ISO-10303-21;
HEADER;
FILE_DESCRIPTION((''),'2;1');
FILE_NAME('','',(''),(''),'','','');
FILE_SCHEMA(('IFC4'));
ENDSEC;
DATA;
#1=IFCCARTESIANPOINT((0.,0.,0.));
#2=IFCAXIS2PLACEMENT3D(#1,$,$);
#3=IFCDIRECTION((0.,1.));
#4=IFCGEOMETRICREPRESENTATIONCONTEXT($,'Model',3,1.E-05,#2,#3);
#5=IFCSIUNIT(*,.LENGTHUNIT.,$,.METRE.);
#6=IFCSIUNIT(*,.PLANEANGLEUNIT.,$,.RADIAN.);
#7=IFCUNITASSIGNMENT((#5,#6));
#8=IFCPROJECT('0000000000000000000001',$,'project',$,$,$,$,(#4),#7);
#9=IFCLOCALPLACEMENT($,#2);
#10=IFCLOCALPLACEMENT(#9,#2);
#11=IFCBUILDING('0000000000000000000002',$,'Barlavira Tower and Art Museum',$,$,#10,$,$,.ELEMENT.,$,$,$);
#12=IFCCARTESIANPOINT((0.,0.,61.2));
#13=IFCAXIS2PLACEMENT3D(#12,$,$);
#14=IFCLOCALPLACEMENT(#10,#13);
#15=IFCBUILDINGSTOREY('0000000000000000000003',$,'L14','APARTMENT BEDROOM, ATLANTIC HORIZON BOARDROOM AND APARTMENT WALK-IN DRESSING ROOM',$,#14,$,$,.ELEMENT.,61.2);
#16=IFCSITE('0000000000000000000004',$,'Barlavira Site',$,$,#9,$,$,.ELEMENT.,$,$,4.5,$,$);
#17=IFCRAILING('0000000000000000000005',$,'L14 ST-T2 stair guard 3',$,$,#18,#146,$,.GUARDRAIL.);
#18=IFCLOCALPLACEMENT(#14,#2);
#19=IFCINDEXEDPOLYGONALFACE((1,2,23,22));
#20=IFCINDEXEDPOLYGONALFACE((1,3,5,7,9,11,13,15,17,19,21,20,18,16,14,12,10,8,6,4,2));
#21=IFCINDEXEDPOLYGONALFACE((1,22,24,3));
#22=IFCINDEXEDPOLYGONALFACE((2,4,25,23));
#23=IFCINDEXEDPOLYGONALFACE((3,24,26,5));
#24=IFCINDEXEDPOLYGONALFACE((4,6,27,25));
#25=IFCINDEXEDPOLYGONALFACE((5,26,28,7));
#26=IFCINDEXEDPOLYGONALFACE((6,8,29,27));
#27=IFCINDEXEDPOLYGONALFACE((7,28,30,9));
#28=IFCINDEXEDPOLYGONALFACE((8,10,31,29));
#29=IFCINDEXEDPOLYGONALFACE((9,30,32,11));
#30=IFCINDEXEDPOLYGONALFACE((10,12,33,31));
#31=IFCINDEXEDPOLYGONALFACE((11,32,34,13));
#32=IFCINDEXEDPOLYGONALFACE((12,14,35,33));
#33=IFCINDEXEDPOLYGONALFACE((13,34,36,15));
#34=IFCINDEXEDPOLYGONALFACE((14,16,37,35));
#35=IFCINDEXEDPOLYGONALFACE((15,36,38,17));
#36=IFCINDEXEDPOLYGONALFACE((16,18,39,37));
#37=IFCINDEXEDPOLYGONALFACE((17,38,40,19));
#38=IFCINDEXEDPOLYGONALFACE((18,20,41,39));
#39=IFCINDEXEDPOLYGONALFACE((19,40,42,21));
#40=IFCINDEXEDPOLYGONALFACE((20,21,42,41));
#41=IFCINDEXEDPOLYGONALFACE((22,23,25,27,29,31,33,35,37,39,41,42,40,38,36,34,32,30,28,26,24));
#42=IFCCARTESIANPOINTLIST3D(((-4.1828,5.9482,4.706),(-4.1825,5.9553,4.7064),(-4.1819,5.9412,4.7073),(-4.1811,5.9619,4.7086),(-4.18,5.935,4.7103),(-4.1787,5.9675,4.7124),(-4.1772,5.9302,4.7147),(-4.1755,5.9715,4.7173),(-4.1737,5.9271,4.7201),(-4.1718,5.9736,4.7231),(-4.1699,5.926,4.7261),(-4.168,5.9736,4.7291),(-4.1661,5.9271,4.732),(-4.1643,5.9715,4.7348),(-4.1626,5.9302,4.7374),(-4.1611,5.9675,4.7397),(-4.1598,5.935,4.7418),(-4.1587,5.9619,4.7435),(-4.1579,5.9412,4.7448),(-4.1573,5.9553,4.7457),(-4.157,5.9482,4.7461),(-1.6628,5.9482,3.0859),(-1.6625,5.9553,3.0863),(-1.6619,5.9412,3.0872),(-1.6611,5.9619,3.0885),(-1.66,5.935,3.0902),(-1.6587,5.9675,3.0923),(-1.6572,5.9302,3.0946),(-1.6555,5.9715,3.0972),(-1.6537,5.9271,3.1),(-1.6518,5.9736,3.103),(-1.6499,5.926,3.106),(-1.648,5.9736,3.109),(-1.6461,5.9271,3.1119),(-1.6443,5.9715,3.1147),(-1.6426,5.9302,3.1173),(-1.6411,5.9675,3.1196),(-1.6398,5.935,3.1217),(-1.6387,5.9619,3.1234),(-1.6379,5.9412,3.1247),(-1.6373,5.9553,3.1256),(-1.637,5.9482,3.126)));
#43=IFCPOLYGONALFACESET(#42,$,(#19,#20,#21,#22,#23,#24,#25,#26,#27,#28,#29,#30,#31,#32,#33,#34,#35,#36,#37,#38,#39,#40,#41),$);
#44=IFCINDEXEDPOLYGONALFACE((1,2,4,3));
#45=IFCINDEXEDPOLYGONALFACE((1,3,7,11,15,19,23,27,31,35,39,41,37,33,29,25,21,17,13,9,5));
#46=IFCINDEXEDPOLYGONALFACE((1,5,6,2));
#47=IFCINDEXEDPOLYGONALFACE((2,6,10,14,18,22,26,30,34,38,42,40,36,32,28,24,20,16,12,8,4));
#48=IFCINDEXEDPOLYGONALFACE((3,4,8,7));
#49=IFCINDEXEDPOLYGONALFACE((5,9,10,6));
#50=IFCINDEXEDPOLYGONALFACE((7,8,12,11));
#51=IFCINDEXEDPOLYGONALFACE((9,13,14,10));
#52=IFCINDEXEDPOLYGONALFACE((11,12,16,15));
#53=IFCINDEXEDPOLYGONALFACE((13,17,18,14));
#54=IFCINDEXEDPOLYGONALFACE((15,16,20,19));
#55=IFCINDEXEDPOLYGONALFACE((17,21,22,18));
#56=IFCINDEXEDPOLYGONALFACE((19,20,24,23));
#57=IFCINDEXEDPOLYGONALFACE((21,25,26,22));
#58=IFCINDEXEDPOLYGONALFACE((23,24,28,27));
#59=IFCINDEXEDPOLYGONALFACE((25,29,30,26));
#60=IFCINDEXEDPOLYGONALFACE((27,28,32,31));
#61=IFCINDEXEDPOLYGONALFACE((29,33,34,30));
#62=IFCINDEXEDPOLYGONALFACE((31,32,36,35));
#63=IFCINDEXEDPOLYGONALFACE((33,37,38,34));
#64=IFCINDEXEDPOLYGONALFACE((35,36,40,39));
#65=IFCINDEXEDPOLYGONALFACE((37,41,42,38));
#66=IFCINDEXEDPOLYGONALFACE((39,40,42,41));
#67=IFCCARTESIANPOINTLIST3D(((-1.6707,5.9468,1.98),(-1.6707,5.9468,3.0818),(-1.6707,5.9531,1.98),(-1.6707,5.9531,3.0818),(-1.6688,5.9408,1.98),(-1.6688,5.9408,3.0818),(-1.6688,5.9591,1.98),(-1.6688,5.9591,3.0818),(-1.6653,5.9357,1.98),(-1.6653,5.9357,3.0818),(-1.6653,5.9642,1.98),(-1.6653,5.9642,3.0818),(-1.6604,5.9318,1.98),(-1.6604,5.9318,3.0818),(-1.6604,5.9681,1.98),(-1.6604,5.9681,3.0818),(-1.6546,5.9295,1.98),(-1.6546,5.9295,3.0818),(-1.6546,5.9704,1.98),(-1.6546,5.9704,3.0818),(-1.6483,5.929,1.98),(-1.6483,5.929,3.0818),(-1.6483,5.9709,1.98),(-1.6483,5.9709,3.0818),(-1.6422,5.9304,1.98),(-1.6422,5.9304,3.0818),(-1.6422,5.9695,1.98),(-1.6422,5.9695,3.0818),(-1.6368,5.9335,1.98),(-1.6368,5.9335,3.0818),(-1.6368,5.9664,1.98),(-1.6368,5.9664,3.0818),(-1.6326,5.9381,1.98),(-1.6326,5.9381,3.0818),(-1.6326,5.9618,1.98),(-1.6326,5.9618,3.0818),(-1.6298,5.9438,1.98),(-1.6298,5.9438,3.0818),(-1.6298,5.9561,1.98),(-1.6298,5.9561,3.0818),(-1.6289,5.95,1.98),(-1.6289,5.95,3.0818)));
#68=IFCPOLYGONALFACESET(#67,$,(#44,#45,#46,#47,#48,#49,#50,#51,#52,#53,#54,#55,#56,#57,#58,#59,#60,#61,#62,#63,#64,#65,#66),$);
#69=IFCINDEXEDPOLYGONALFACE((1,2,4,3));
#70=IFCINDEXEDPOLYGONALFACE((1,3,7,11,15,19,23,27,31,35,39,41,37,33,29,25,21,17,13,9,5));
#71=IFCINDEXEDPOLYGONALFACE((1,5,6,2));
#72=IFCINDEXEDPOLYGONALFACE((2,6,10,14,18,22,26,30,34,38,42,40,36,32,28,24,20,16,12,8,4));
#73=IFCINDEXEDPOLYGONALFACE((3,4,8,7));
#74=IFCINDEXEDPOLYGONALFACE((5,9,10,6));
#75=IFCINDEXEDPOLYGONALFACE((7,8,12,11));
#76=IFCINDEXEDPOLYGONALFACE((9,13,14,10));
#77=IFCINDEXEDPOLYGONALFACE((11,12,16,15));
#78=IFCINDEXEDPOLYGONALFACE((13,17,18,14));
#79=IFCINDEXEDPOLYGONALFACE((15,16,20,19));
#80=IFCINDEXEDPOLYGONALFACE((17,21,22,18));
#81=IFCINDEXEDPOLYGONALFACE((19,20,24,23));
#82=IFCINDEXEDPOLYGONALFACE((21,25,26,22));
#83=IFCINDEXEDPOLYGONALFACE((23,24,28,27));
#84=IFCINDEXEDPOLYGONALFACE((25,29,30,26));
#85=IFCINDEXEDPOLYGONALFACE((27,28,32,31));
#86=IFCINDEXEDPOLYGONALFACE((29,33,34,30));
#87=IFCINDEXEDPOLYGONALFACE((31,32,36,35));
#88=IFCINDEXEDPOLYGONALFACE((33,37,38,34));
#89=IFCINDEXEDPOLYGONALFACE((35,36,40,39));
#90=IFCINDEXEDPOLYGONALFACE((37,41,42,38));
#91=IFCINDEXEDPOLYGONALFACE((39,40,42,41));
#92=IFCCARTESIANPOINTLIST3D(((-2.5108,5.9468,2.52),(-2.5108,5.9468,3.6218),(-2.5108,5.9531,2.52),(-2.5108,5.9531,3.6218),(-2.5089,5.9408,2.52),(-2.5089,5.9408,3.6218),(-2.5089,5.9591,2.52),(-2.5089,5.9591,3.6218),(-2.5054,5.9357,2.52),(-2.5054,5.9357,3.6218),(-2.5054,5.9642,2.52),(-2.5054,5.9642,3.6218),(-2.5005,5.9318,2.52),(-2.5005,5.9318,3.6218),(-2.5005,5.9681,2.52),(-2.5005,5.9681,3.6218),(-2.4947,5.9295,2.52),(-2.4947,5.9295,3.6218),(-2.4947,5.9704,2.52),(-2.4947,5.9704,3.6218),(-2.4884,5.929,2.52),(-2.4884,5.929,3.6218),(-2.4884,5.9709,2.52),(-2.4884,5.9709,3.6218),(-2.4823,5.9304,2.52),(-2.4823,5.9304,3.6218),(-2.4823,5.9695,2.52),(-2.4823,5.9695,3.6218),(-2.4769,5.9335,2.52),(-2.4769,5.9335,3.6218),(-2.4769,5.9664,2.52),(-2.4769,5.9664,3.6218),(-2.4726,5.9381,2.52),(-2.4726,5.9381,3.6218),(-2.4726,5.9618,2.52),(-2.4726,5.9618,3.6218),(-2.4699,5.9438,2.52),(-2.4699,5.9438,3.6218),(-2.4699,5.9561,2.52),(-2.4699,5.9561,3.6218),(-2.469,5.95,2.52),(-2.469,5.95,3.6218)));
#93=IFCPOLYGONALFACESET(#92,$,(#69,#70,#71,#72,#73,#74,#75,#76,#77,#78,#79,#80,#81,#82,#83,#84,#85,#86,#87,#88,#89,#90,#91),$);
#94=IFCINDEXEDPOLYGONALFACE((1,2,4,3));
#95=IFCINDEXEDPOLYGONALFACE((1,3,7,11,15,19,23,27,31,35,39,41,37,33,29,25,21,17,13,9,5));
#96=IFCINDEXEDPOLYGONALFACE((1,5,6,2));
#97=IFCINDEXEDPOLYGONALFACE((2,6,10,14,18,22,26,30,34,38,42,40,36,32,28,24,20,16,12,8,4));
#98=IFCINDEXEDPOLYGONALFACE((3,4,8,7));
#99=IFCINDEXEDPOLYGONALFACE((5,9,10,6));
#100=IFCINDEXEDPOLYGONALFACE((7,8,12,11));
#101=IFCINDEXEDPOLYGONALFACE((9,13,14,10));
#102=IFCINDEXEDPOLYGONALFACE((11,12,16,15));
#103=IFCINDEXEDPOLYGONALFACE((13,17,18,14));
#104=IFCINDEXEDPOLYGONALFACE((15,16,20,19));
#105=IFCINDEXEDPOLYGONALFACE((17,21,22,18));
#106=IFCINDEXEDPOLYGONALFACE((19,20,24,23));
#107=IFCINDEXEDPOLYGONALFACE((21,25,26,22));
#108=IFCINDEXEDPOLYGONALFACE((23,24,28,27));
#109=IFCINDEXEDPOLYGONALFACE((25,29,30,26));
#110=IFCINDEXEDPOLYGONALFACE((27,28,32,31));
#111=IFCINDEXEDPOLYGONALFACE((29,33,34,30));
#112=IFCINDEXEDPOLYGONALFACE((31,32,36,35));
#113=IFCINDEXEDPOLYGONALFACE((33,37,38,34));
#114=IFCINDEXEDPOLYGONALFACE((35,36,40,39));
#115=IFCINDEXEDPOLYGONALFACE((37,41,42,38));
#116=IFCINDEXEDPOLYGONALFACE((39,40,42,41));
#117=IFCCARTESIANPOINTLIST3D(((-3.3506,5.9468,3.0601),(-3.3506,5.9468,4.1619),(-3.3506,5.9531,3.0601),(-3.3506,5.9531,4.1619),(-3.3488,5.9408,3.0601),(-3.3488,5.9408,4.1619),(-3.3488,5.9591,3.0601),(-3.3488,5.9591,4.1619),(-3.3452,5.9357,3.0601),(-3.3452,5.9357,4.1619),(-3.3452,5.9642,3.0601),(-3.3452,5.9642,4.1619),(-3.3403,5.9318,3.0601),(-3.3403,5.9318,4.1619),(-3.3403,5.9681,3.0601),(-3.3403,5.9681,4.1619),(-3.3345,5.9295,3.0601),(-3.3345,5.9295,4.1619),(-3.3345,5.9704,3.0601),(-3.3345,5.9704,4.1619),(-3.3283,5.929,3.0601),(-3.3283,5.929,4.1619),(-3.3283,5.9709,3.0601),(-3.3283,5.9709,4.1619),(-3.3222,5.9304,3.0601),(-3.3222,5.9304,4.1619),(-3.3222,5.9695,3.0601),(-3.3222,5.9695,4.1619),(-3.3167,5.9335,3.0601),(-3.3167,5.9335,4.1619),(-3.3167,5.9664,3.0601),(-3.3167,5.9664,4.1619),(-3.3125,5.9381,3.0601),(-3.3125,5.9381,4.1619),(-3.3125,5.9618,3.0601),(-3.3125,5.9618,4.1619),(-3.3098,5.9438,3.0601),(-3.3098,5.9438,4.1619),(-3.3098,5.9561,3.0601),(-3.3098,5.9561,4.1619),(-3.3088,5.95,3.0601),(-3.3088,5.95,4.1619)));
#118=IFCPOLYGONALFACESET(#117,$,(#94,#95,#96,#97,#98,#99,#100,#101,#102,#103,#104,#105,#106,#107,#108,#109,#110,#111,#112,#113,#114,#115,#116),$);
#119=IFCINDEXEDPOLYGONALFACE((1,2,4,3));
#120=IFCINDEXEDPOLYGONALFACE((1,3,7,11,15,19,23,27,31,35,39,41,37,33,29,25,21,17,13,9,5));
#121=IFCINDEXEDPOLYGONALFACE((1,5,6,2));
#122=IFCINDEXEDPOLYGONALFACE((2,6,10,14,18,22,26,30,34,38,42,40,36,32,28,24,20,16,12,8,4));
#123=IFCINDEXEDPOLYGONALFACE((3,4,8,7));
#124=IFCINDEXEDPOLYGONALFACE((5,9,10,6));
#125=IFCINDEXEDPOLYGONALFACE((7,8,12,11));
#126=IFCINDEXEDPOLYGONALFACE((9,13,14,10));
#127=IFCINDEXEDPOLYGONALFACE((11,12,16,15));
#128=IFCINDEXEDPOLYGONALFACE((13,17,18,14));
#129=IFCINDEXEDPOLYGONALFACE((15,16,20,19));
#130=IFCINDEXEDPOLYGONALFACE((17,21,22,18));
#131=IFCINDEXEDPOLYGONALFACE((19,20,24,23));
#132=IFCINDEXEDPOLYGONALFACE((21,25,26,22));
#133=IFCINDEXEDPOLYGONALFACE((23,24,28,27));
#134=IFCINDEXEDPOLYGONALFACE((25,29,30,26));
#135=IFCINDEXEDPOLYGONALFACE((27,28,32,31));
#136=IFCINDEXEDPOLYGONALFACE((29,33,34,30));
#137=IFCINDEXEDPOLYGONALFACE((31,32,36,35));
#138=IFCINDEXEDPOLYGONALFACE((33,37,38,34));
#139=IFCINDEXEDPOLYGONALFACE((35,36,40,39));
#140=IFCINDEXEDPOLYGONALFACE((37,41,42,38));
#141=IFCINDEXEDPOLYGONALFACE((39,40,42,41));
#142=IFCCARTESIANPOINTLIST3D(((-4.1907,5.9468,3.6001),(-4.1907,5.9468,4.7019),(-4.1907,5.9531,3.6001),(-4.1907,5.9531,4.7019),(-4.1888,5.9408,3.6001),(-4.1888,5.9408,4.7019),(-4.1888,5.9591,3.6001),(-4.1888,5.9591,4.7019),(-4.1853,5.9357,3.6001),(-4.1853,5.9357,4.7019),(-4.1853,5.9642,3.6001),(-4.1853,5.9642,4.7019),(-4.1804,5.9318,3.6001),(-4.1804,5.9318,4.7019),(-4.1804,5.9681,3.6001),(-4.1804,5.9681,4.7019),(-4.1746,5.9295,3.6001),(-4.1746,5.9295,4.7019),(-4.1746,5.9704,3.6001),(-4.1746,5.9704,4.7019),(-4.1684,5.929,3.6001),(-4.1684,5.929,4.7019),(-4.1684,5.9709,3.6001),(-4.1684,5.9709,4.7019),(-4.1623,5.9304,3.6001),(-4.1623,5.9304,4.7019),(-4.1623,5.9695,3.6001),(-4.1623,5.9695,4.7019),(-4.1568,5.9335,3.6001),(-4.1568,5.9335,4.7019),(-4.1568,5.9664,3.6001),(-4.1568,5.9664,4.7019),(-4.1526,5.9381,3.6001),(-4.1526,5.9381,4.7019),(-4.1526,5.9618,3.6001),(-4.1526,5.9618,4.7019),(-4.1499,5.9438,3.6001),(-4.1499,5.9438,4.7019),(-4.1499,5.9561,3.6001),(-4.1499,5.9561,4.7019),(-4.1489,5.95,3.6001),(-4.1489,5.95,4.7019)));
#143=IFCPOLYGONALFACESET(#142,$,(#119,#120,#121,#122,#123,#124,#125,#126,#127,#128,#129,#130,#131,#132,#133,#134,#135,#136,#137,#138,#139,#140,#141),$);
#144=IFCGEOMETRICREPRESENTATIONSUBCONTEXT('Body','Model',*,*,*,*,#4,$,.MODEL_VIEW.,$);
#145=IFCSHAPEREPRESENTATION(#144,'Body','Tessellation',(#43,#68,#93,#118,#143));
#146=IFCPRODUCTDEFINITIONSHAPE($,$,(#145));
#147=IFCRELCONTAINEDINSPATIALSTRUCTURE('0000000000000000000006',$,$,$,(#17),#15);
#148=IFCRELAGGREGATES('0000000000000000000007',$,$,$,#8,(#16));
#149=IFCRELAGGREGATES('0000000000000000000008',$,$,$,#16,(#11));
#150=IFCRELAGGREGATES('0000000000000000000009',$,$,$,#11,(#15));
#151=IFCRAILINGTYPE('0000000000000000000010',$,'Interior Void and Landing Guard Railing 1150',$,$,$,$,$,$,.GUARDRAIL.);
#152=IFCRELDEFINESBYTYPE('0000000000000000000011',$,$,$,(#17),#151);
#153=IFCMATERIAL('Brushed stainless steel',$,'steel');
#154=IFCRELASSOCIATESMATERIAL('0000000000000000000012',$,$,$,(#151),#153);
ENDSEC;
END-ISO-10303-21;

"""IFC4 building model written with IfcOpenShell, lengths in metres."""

from ifc_helpers import new_model, si_unit, direction, frame, origin, origin_2d, place, context, subcontext, project, spatial, circle, extrude, material, type_object, element, save


model = new_model("IFC4")

# Units and contexts
model_context = context("Model", 3, precision=1e-05, world=origin(), true_north=direction((0.0, 1.0)))
body_context = subcontext(model_context, "Body", "Model", "MODEL_VIEW")
ifc_project = project(units=[si_unit("LENGTHUNIT", "METRE"), si_unit("PLANEANGLEUNIT", "RADIAN")], contexts=[model_context])

# Site, building, storey
site_placement = place(None, origin())
site = spatial("IfcSite", under=ifc_project, at=site_placement, Name="Barlavira Site", CompositionType="ELEMENT", RefElevation=4.5)
building_placement = place(site_placement, origin())
building = spatial("IfcBuilding", under=site, at=building_placement, Name="Barlavira Tower and Art Museum", CompositionType="ELEMENT")
storey_placement = place(building_placement, frame((0.0, 0.0, 61.2)))
storey = spatial("IfcBuildingStorey", under=building, at=storey_placement, Name="L14", Description="APARTMENT BEDROOM, ATLANTIC HORIZON BOARDROOM AND APARTMENT WALK-IN DRESSING ROOM", CompositionType="ELEMENT", Elevation=61.2)

# Shared definitions
ifc_material_1 = material(Name="Brushed stainless steel", Category="steel")

# Railing
railing_type_1 = type_object("IfcRailingType", Name="Interior Void and Landing Guard Railing 1150", PredefinedType="GUARDRAIL", material=ifc_material_1)
railing_1_placement = place(storey_placement, frame((-1.6499, 5.95, 1.98)))
element("IfcRailing", 1, at=railing_1_placement, inside=storey, type_object=railing_type_1, Name="L14 ST-T2 stair guard 3", PredefinedType="GUARDRAIL", context=body_context, shape_type="SweptSolid", body=[
    extrude(circle(Radius=0.0239, at=origin_2d()), frame((0.0, 0.0, 1.126), z_axis=(-0.841163, 0.0, 0.540782), x_axis=(0.0, -1.0, 0.0)), (0.0, 0.0, 1.0), 2.9958),
    extrude(circle(Radius=0.021, at=origin_2d()), origin(), (0.0, 0.0, 1.0), 1.1018),
    extrude(circle(Radius=0.021, at=origin_2d()), frame((-0.8401, 0.0, 0.54)), (0.0, 0.0, 1.0), 1.1018),
    extrude(circle(Radius=0.021, at=origin_2d()), frame((-1.6799, 0.0, 1.0801)), (0.0, 0.0, 1.0), 1.1018),
    extrude(circle(Radius=0.021, at=origin_2d()), frame((-2.52, 0.0, 1.6201)), (0.0, 0.0, 1.0), 1.1018),
])

save(model, "model.ifc")
